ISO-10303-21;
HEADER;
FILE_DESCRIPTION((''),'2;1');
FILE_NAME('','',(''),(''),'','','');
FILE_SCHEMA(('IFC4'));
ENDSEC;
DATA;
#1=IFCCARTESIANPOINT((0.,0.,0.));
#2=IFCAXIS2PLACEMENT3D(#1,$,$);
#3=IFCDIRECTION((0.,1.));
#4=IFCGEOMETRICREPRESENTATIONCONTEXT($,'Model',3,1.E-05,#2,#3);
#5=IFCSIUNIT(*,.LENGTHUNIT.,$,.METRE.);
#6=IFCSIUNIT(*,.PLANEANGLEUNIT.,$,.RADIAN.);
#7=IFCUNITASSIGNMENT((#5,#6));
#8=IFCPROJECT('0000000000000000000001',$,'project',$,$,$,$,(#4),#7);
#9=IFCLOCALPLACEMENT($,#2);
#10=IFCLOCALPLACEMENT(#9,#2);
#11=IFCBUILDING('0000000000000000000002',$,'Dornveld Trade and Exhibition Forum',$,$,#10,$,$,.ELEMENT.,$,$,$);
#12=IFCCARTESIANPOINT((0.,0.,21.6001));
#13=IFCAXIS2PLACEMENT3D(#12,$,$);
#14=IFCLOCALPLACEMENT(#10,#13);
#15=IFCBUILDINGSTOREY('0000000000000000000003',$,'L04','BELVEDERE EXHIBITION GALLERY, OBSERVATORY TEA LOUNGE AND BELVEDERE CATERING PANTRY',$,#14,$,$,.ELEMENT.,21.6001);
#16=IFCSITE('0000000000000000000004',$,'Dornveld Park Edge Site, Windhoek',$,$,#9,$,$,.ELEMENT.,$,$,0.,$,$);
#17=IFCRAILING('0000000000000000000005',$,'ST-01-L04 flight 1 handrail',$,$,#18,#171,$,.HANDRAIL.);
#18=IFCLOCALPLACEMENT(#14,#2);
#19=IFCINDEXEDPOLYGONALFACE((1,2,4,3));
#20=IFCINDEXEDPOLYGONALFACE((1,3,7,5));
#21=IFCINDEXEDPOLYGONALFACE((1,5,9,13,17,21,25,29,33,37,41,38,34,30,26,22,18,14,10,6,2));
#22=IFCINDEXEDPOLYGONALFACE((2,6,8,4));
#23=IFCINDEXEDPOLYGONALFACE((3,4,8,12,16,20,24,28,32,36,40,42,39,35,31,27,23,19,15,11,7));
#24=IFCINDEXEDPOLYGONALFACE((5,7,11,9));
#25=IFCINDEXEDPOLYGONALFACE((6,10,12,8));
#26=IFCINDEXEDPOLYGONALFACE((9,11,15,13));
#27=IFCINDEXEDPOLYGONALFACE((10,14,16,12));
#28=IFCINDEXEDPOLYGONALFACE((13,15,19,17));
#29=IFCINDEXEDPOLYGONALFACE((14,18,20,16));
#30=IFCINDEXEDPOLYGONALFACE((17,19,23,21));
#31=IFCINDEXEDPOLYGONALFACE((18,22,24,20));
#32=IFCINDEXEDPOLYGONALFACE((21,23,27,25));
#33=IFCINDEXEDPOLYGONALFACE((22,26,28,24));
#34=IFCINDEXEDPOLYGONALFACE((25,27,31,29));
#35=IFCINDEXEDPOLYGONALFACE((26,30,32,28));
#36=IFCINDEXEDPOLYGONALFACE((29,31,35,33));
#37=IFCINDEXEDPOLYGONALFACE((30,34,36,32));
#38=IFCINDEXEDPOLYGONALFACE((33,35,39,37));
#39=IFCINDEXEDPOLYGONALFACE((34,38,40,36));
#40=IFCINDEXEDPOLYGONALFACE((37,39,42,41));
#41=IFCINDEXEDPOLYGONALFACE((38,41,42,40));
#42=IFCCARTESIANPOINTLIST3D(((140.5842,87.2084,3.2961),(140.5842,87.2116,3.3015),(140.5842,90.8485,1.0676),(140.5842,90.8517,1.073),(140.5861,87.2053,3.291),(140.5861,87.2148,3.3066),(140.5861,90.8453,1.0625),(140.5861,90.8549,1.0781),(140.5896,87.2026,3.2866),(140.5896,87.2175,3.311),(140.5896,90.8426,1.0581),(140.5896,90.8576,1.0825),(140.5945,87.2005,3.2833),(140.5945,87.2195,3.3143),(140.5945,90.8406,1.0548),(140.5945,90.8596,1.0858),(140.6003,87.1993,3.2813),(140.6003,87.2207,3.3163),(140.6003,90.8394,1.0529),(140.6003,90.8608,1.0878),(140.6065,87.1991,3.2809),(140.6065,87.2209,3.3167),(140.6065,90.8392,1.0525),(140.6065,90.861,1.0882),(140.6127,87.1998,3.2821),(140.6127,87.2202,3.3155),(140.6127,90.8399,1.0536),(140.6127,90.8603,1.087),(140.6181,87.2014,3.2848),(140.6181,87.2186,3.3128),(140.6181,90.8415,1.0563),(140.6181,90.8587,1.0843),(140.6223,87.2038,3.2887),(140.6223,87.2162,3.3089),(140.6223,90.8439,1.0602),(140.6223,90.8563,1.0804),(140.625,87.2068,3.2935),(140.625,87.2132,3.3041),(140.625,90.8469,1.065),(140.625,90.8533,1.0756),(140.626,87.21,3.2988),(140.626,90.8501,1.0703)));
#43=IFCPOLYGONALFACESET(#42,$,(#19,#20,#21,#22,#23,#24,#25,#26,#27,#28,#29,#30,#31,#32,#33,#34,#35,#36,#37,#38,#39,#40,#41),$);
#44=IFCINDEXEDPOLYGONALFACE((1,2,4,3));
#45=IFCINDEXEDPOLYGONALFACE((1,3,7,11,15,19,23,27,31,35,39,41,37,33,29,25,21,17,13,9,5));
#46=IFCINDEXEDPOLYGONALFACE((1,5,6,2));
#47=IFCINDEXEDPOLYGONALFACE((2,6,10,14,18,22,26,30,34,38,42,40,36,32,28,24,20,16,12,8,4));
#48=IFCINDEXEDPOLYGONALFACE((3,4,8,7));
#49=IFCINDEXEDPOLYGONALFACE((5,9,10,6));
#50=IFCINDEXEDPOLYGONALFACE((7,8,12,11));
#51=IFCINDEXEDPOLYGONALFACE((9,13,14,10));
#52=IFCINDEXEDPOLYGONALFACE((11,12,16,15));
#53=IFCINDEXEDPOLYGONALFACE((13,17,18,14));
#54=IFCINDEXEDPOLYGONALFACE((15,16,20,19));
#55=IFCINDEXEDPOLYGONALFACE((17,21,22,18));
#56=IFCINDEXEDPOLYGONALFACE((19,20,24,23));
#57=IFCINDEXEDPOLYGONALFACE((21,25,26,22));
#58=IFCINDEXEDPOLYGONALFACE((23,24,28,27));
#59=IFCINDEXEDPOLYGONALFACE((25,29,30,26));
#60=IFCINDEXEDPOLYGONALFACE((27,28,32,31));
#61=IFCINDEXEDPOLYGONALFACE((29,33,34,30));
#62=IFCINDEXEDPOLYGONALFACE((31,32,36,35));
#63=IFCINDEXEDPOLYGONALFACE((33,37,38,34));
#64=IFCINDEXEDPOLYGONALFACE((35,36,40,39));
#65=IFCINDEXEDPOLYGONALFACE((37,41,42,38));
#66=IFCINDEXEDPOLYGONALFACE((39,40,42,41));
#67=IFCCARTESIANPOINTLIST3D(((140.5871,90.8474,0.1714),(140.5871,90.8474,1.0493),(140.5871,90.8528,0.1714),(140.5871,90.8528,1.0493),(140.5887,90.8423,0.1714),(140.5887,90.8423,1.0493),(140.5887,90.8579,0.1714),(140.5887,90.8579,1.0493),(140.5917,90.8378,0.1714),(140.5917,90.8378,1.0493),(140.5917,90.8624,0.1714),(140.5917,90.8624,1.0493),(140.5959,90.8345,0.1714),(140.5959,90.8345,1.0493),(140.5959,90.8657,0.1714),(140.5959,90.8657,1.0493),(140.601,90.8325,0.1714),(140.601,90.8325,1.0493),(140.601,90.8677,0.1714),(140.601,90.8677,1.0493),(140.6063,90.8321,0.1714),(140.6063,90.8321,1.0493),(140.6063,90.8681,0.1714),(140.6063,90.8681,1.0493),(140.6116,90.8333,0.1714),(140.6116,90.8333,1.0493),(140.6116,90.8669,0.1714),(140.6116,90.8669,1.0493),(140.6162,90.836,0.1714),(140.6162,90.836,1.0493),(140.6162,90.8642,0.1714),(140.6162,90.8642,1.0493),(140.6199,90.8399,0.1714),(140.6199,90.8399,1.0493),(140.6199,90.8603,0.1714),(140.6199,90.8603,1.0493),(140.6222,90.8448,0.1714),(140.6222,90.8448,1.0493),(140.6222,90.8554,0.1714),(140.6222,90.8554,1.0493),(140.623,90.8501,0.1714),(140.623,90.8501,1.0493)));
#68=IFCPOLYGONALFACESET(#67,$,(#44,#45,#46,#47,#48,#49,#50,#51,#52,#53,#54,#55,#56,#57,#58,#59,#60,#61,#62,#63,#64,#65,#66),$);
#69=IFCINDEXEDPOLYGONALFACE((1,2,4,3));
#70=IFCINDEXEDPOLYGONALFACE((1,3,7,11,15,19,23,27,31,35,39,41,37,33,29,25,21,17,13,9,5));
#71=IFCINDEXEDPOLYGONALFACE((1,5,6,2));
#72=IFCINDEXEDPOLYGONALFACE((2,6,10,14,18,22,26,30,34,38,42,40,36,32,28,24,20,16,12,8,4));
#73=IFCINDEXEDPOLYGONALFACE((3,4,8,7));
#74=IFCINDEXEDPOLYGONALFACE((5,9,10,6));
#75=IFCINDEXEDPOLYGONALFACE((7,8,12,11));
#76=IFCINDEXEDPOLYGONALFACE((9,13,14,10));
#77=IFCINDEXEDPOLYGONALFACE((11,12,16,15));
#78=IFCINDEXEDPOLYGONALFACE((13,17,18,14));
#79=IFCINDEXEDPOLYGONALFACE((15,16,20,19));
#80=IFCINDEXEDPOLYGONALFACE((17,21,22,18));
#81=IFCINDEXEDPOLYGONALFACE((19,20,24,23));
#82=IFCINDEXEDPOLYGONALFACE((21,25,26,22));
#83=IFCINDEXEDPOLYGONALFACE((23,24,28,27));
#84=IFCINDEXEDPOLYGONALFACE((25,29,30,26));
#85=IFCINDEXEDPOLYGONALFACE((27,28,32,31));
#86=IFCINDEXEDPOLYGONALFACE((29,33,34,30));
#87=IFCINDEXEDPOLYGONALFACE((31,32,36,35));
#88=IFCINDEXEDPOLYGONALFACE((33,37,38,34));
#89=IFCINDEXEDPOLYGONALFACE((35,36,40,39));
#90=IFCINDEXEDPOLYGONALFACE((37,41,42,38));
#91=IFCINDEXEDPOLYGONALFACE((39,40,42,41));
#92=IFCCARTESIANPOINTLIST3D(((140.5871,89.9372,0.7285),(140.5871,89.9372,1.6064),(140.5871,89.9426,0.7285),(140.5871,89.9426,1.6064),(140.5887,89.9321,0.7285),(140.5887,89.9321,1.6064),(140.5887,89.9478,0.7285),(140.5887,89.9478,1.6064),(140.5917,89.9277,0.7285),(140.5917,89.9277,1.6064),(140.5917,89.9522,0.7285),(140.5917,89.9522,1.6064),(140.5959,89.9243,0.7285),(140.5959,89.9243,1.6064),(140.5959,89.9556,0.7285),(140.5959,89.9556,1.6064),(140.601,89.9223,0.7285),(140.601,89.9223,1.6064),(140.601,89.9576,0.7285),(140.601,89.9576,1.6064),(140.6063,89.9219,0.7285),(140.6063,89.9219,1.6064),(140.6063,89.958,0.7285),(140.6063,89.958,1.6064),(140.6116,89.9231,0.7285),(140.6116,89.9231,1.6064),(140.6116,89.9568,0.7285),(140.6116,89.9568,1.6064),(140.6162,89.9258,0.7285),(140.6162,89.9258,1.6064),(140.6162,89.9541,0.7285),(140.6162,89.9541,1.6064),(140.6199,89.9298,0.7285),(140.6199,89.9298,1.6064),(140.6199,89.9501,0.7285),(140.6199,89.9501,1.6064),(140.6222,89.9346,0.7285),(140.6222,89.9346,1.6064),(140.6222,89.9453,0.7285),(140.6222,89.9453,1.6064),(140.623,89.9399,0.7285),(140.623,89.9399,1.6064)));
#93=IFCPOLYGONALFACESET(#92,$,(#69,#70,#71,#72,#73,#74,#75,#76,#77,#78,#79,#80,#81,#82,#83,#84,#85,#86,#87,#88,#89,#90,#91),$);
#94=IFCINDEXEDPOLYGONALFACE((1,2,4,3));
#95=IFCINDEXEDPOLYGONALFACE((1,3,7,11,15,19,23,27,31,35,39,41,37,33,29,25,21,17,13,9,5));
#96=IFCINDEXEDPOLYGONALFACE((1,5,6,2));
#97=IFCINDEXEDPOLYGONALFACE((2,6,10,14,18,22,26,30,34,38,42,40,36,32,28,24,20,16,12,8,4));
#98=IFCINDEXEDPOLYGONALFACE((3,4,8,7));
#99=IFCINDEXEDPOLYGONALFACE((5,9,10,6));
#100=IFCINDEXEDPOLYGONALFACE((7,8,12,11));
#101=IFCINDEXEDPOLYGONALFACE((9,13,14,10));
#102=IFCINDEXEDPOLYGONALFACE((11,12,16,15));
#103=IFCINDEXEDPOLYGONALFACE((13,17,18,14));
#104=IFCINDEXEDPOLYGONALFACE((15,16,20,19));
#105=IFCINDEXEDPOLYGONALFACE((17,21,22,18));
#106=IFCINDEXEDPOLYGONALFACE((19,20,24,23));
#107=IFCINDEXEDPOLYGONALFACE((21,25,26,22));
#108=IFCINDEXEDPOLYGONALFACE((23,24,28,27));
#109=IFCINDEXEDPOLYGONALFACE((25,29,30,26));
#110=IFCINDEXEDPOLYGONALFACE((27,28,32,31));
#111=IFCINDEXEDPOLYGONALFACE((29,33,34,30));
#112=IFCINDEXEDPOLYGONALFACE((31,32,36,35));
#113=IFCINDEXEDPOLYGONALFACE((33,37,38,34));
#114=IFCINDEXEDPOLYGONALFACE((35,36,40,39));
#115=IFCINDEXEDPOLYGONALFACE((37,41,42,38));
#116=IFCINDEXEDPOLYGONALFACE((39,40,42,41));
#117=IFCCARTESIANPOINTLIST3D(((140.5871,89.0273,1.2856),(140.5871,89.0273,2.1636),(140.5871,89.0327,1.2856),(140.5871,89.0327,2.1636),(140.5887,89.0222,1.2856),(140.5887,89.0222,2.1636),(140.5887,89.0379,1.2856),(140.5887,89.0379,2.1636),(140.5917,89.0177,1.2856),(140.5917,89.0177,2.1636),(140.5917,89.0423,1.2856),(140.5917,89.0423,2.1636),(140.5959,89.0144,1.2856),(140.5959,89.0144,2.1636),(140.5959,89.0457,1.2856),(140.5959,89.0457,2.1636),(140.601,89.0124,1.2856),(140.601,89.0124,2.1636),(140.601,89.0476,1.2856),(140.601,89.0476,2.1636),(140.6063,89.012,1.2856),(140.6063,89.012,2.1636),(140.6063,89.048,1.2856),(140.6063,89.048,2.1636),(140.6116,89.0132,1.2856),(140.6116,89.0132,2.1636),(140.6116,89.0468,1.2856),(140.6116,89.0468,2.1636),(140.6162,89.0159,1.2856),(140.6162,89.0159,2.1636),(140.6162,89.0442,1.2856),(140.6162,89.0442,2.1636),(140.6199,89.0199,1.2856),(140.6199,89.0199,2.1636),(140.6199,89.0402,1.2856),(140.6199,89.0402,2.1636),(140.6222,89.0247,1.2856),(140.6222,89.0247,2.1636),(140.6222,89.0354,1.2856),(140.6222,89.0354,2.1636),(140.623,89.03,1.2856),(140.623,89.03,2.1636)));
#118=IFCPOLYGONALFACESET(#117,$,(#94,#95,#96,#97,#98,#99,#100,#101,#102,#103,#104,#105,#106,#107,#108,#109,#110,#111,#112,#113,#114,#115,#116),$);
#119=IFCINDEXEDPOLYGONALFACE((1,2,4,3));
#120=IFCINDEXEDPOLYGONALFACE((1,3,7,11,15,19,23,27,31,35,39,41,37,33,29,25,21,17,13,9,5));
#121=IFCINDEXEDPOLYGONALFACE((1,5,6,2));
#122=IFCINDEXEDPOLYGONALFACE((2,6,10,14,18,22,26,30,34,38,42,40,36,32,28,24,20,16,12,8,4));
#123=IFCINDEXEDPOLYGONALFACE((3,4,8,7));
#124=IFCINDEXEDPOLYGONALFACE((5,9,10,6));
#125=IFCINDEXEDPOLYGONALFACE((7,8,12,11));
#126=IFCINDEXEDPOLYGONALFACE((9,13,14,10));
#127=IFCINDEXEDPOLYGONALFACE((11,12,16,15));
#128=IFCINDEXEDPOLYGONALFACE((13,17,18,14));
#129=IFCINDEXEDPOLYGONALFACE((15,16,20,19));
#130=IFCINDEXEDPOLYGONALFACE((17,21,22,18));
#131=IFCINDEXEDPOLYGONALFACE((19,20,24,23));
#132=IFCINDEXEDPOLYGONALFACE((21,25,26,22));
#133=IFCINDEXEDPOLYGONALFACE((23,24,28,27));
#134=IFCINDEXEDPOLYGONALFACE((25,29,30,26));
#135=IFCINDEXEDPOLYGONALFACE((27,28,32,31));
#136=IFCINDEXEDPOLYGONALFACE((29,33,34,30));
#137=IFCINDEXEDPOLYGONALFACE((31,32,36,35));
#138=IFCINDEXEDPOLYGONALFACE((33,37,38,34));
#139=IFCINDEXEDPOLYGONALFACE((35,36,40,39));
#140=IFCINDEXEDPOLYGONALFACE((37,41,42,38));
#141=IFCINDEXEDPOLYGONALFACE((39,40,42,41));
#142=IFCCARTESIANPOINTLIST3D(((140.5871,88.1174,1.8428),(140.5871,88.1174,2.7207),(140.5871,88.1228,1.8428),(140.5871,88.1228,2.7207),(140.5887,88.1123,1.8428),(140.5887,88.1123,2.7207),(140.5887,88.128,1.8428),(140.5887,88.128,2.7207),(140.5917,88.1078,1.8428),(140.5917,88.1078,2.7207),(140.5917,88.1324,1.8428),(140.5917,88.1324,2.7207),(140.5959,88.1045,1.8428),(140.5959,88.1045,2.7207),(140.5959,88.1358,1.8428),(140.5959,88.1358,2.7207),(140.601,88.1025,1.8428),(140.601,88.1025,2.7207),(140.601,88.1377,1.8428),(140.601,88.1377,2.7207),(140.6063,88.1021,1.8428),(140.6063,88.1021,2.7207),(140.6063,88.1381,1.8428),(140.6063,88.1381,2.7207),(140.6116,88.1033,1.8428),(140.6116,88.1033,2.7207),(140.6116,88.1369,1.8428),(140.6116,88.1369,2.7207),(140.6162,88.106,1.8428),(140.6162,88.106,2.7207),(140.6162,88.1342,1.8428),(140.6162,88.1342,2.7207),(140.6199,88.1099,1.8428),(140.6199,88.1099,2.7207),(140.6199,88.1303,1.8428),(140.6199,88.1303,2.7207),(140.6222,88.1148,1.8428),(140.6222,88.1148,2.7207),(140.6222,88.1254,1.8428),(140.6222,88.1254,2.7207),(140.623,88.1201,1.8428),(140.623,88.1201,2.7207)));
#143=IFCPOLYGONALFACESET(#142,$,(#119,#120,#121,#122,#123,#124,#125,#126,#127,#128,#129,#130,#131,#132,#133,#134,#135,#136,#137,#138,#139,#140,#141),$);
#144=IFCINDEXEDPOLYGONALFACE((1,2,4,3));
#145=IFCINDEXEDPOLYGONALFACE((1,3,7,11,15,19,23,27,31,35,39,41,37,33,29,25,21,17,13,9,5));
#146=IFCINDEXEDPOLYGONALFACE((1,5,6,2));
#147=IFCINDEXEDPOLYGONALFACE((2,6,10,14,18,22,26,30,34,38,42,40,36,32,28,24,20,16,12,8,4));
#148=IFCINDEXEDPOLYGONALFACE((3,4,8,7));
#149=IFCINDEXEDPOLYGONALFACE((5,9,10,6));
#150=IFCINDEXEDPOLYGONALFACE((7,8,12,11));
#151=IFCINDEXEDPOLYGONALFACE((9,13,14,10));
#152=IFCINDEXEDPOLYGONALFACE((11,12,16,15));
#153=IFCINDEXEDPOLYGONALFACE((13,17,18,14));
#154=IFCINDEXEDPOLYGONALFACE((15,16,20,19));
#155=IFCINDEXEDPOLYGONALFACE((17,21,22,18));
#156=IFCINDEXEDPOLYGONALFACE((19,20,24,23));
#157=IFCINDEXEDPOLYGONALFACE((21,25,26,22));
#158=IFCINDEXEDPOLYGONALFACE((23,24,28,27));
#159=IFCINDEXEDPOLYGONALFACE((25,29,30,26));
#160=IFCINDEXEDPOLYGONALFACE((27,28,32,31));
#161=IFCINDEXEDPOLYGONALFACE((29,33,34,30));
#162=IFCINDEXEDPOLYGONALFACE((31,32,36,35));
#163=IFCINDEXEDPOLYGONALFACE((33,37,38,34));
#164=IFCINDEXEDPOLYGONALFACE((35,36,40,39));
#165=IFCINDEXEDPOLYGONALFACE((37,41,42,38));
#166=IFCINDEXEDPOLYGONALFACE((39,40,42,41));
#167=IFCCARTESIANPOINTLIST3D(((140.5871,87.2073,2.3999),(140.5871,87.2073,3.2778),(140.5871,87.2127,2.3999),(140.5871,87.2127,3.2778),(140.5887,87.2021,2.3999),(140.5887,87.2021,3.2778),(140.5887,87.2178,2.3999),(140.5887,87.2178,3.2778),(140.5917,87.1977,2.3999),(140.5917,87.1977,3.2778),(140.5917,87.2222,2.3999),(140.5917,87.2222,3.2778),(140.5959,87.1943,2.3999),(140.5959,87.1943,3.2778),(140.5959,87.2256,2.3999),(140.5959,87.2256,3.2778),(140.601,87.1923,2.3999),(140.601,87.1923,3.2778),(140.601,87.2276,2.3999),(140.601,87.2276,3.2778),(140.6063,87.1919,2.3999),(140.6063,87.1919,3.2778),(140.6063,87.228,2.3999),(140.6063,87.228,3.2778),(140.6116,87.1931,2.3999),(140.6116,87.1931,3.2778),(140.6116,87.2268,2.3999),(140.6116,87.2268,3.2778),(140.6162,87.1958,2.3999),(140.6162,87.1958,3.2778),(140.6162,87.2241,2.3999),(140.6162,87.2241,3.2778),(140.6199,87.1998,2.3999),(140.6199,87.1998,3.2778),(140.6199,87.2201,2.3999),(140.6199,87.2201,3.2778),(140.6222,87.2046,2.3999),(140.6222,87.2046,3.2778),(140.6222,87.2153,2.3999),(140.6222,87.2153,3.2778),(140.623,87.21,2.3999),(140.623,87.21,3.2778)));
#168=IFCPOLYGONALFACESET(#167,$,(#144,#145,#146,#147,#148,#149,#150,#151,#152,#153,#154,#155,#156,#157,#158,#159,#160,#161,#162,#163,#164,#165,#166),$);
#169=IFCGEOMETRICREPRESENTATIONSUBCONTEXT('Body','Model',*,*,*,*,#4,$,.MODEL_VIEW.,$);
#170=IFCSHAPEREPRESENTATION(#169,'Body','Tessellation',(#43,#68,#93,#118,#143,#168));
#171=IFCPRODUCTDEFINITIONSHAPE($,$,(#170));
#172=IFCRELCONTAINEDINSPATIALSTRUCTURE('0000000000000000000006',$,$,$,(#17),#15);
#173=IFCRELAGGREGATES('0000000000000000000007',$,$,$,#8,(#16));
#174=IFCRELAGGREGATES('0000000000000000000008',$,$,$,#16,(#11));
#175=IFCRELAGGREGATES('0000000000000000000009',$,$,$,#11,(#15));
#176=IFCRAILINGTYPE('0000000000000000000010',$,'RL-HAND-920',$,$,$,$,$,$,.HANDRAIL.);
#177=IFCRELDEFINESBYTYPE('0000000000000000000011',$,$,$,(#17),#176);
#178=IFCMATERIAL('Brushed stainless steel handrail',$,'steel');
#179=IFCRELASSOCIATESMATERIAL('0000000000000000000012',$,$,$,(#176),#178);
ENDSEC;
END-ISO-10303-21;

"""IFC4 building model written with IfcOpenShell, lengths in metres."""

from ifc_helpers import new_model, si_unit, direction, frame, origin, origin_2d, place, context, subcontext, project, spatial, circle, extrude, material, type_object, element, save


model = new_model("IFC4")

# Units and contexts
model_context = context("Model", 3, precision=1e-05, world=origin(), true_north=direction((0.0, 1.0)))
body_context = subcontext(model_context, "Body", "Model", "MODEL_VIEW")
ifc_project = project(units=[si_unit("LENGTHUNIT", "METRE"), si_unit("PLANEANGLEUNIT", "RADIAN")], contexts=[model_context])

# Site, building, storey
site_placement = place(None, origin())
site = spatial("IfcSite", under=ifc_project, at=site_placement, Name="Dornveld Park Edge Site, Windhoek", CompositionType="ELEMENT", RefElevation=0.0)
building_placement = place(site_placement, origin())
building = spatial("IfcBuilding", under=site, at=building_placement, Name="Dornveld Trade and Exhibition Forum", CompositionType="ELEMENT")
storey_placement = place(building_placement, frame((0.0, 0.0, 21.6001)))
storey = spatial("IfcBuildingStorey", under=building, at=storey_placement, Name="L04", Description="BELVEDERE EXHIBITION GALLERY, OBSERVATORY TEA LOUNGE AND BELVEDERE CATERING PANTRY", CompositionType="ELEMENT", Elevation=21.6001)

# Railing
ifc_material_1 = material(Name="Brushed stainless steel handrail", Category="steel")
railing_type_1 = type_object("IfcRailingType", Name="RL-HAND-920", PredefinedType="HANDRAIL", material=ifc_material_1)
railing_1_placement = place(storey_placement, frame((140.605, 90.8501, 0.1714)))
element("IfcRailing", 1, at=railing_1_placement, inside=storey, type_object=railing_type_1, Name="ST-01-L04 flight 1 handrail", PredefinedType="HANDRAIL", context=body_context, shape_type="SweptSolid", body=[
    extrude(circle(Radius=0.021, at=origin_2d()), frame((0.0, 0.0, 0.8989), z_axis=(0.0, -0.852866, 0.52213), x_axis=(1.0, 0.0, 0.0)), (0.0, 0.0, 1.0), 4.2681),
    extrude(circle(Radius=0.0181, at=origin_2d()), origin(), (0.0, 0.0, 1.0), 0.8779),
    extrude(circle(Radius=0.0181, at=origin_2d()), frame((0.0, -0.9102, 0.5571)), (0.0, 0.0, 1.0), 0.8779),
    extrude(circle(Radius=0.0181, at=origin_2d()), frame((0.0, -1.8201, 1.1143)), (0.0, 0.0, 1.0), 0.8779),
    extrude(circle(Radius=0.0181, at=origin_2d()), frame((0.0, -2.73, 1.6714)), (0.0, 0.0, 1.0), 0.8779),
    extrude(circle(Radius=0.0181, at=origin_2d()), frame((0.0, -3.6401, 2.2285)), (0.0, 0.0, 1.0), 0.8779),
])

save(model, "model.ifc")
